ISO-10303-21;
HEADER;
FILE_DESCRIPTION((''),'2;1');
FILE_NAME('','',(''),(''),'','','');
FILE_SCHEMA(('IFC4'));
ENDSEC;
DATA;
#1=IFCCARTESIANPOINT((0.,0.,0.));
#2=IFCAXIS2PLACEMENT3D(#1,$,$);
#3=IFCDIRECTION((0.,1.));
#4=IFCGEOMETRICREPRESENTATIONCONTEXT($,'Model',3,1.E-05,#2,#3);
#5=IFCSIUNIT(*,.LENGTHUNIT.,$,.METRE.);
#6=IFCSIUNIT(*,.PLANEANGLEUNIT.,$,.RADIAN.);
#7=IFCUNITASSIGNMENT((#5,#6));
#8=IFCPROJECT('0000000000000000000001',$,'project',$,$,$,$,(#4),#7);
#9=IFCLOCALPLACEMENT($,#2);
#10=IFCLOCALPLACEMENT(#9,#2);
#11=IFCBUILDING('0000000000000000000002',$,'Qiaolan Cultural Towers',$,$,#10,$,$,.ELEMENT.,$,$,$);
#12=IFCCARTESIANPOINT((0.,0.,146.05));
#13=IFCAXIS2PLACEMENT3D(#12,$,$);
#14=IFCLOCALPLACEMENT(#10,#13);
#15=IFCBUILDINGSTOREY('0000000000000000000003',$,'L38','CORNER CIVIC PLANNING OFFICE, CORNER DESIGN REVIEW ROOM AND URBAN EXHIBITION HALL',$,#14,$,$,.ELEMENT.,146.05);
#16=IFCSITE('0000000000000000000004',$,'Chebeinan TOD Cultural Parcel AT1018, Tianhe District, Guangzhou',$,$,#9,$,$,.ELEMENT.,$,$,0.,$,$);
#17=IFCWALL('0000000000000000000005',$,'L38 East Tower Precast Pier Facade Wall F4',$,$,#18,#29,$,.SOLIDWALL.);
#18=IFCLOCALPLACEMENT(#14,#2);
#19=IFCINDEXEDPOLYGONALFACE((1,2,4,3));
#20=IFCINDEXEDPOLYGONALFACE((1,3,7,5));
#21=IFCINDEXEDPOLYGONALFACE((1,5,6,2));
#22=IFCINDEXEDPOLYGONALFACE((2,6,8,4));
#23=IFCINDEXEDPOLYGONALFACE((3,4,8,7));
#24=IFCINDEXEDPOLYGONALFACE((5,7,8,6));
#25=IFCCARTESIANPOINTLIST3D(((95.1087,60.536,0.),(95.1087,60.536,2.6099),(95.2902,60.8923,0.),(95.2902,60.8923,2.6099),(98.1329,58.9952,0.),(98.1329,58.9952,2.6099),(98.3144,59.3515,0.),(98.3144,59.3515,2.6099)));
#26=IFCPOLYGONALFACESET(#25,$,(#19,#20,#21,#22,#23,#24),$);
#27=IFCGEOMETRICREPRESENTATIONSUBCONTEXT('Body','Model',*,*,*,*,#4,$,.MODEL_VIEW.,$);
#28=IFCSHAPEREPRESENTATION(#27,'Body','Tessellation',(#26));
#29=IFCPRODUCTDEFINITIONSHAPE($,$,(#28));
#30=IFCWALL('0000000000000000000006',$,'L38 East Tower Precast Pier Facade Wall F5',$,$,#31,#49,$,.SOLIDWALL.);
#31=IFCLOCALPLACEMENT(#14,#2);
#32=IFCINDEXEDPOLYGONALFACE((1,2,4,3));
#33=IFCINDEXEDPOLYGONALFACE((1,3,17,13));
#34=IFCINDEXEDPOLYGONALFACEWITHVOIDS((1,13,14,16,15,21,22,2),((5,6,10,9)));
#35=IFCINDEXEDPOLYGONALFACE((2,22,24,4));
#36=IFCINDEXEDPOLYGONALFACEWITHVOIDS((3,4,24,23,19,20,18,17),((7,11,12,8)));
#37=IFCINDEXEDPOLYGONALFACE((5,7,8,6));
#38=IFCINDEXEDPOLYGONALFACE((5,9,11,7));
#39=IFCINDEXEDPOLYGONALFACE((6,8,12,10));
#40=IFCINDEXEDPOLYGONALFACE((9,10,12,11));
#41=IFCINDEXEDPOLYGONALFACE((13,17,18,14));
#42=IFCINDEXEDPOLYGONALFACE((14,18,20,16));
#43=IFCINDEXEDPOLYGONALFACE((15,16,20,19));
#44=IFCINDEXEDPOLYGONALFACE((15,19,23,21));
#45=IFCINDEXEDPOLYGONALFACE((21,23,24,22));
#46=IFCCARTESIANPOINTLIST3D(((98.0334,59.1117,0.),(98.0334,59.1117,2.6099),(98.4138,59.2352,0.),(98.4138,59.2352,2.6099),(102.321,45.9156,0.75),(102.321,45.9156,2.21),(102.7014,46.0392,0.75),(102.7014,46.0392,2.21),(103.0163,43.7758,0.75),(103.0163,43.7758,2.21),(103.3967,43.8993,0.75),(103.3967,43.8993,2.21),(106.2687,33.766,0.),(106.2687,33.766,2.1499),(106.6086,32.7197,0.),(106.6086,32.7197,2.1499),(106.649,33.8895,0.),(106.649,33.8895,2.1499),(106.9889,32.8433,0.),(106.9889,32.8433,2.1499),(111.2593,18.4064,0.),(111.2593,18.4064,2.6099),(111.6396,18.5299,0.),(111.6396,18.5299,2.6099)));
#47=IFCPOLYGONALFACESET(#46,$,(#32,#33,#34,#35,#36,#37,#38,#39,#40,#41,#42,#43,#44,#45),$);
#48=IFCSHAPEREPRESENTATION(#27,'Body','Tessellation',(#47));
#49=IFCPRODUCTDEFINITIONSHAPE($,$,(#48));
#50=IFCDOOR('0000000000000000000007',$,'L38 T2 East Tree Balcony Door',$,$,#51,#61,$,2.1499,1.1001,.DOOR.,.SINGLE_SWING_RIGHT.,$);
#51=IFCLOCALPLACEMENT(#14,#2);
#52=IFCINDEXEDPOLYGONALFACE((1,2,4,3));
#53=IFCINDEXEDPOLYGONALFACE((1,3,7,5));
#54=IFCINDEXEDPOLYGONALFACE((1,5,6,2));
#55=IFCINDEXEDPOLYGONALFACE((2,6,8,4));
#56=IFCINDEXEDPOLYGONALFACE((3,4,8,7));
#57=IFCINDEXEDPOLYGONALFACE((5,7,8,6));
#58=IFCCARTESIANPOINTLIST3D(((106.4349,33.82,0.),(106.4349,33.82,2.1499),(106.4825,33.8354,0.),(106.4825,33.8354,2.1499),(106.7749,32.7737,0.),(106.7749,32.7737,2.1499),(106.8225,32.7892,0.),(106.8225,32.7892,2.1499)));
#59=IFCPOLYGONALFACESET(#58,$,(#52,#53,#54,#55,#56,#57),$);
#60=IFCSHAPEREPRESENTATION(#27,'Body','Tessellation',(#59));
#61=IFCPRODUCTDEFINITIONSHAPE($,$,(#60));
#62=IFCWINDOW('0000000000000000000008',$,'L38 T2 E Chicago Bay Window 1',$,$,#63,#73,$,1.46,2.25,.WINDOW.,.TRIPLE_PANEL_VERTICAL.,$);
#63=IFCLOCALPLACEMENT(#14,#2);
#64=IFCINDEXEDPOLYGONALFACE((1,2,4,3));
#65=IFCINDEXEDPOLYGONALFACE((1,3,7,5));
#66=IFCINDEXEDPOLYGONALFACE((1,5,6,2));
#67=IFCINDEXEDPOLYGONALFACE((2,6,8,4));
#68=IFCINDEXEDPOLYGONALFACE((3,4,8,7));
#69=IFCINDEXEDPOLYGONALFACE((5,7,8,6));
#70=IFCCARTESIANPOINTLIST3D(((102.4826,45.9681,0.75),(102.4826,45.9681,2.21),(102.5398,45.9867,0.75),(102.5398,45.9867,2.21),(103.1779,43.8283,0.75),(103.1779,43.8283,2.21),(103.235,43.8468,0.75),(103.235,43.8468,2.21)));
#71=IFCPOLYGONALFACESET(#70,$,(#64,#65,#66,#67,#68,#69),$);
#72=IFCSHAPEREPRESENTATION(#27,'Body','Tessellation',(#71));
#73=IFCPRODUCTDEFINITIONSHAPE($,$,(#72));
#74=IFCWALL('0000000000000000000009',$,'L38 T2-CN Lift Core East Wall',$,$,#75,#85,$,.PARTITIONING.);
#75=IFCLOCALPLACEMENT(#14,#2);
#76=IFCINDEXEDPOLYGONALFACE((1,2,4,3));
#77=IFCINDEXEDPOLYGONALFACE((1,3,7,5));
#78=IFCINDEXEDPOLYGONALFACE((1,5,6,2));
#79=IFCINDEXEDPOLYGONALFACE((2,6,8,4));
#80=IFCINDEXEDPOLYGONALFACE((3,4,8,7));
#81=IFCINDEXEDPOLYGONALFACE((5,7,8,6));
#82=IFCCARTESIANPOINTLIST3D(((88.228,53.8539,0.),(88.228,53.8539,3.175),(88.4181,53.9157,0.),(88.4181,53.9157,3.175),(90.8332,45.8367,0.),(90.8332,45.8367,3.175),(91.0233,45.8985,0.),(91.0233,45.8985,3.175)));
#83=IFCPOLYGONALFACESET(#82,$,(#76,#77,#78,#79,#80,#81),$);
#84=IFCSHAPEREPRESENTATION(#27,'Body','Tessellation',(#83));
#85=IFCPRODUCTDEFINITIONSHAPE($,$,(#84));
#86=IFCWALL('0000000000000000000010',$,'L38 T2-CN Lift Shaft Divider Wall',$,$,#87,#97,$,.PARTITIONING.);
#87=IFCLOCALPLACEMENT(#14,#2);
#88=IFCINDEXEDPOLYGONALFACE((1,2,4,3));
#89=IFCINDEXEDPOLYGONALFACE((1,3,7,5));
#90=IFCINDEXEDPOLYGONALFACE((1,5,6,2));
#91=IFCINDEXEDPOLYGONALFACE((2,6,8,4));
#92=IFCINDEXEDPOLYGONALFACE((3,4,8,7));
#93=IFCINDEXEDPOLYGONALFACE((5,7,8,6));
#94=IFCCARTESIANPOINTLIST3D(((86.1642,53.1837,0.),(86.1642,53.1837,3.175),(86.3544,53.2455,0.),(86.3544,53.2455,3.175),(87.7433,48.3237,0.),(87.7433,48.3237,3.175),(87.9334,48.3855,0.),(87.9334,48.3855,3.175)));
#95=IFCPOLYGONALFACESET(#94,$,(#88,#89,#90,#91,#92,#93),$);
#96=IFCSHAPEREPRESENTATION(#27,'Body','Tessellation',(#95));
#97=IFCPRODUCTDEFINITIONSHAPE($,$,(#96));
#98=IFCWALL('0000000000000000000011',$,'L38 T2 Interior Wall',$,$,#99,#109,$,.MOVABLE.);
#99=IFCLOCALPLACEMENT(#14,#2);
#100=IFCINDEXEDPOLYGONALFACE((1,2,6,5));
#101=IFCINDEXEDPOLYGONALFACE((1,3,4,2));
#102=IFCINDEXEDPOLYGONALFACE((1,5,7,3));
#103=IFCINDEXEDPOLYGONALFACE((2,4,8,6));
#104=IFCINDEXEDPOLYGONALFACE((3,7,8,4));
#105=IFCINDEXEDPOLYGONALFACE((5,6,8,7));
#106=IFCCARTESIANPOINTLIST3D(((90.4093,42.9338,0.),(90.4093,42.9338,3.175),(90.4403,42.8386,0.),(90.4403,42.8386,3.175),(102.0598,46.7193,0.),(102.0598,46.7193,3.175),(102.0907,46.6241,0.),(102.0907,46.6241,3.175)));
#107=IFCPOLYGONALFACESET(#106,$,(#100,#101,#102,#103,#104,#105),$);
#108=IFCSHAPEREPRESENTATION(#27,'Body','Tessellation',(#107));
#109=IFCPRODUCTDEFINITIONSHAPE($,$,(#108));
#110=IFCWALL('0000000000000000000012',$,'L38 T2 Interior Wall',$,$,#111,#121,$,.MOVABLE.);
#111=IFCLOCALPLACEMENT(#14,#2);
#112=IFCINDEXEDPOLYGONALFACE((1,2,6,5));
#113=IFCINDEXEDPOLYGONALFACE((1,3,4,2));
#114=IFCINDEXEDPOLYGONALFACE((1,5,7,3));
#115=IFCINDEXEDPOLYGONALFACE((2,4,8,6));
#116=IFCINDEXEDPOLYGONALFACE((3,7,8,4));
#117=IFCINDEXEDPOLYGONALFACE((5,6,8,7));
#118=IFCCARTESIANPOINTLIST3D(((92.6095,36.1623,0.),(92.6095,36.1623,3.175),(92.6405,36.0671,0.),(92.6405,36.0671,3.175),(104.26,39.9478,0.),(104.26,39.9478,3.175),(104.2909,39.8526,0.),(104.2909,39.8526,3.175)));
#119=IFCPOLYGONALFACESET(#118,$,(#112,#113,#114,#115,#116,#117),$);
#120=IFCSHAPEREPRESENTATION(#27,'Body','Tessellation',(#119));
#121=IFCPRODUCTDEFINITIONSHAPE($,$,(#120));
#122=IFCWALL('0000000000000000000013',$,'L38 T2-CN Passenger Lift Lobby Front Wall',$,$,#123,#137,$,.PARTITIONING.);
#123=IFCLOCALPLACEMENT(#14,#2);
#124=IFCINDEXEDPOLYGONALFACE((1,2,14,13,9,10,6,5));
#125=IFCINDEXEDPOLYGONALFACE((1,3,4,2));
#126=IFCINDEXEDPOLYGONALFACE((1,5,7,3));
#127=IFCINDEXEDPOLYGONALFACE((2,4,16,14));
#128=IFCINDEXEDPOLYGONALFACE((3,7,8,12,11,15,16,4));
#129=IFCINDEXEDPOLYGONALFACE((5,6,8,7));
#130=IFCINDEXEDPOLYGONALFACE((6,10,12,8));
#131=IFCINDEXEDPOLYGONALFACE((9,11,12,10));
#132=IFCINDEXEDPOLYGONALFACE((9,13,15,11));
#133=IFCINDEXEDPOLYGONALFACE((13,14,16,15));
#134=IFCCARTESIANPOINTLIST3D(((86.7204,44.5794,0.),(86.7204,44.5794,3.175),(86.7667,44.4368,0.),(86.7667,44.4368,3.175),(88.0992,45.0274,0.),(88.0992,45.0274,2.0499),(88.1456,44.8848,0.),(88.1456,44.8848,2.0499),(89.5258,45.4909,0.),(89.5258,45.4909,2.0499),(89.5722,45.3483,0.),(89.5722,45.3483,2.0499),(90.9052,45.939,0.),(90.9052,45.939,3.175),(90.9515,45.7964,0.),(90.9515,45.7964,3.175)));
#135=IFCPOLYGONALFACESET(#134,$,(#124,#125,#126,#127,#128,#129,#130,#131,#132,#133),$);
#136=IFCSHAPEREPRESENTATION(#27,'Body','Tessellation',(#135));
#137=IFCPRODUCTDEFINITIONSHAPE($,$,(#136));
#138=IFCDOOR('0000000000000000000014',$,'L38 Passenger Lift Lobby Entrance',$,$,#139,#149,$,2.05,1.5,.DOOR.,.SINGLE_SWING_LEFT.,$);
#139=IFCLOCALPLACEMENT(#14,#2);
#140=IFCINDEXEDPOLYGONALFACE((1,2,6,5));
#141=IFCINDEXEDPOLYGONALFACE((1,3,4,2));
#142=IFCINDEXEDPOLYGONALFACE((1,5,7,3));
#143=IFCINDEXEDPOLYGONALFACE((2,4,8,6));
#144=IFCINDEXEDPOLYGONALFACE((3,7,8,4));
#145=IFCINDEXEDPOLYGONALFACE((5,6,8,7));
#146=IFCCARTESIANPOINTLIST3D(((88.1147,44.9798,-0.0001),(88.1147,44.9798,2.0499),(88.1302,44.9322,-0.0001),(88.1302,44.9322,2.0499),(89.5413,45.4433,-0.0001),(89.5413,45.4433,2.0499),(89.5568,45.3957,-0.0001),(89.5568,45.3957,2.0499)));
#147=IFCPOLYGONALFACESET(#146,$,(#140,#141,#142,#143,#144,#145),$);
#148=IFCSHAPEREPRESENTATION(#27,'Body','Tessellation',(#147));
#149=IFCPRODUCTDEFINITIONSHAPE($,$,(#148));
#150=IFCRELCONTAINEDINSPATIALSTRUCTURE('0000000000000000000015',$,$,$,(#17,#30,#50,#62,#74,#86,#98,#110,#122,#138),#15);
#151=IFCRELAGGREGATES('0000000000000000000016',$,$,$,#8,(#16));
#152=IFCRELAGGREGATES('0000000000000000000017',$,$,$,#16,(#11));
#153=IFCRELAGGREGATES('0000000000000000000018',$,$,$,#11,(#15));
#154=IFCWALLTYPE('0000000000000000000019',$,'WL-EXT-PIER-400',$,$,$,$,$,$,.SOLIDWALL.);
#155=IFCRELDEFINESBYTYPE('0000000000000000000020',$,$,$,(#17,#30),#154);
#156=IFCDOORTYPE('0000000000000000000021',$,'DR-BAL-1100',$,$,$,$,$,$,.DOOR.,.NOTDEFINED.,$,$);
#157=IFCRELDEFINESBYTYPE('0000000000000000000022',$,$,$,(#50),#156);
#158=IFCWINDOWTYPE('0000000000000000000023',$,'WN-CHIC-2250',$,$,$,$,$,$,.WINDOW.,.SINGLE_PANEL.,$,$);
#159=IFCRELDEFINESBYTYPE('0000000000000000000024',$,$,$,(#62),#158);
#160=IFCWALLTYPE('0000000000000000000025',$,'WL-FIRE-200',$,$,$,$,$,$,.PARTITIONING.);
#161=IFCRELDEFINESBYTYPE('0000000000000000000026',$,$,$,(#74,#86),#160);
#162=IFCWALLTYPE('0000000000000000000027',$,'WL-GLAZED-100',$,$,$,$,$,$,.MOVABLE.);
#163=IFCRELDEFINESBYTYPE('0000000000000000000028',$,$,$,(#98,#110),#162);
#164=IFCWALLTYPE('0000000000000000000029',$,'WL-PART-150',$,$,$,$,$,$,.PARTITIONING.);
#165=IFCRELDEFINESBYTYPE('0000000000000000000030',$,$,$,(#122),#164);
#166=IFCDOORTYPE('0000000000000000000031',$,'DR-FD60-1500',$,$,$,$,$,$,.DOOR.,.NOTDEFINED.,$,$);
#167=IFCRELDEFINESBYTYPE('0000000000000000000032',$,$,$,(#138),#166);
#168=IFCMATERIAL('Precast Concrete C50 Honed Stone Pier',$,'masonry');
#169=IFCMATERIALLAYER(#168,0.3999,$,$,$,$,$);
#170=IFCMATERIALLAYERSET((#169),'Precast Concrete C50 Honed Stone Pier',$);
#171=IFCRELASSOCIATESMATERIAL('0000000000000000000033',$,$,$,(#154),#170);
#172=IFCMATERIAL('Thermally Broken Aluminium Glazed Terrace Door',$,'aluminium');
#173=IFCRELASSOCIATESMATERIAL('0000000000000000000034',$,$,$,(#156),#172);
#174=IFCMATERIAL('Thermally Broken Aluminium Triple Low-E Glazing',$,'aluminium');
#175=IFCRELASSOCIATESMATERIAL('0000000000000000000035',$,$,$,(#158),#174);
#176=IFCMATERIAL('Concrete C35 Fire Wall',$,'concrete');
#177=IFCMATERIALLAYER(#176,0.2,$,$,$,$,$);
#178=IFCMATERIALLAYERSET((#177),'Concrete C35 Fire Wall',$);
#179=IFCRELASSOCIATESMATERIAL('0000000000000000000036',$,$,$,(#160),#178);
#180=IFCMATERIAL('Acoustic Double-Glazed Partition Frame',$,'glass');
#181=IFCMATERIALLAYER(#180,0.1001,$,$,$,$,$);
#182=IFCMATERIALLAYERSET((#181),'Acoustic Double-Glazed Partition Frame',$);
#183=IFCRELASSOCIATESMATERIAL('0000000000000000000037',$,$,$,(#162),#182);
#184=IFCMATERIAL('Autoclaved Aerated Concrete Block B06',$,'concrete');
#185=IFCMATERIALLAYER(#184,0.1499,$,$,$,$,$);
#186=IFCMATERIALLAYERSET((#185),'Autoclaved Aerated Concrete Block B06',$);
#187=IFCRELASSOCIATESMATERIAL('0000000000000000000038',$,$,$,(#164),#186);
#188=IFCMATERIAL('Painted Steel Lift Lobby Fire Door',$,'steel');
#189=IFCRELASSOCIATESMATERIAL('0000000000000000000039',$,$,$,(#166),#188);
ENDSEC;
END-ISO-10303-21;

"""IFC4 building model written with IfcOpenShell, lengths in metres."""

from ifc_helpers import new_model, si_unit, direction, frame, frame_2d, origin, place, context, subcontext, project, spatial, rectangle, extrude, material, layer, layer_set, type_object, element, fill, save


model = new_model("IFC4")

# Units and contexts
model_context = context("Model", 3, precision=1e-05, world=origin(), true_north=direction((0.0, 1.0)))
body_context = subcontext(model_context, "Body", "Model", "MODEL_VIEW")
ifc_project = project(units=[si_unit("LENGTHUNIT", "METRE"), si_unit("PLANEANGLEUNIT", "RADIAN")], contexts=[model_context])

# Site, building, storey
site_placement = place(None, origin())
site = spatial("IfcSite", under=ifc_project, at=site_placement, Name="Chebeinan TOD Cultural Parcel AT1018, Tianhe District, Guangzhou", CompositionType="ELEMENT", RefElevation=0.0)
building_placement = place(site_placement, origin())
building = spatial("IfcBuilding", under=site, at=building_placement, Name="Qiaolan Cultural Towers", CompositionType="ELEMENT")
storey_placement = place(building_placement, frame((0.0, 0.0, 146.05)))
storey = spatial("IfcBuildingStorey", under=building, at=storey_placement, Name="L38", Description="CORNER CIVIC PLANNING OFFICE, CORNER DESIGN REVIEW ROOM AND URBAN EXHIBITION HALL", CompositionType="ELEMENT", Elevation=146.05)

# Wall
ifc_material_1 = material(Name="Precast Concrete C50 Honed Stone Pier", Category="masonry")
ifc_layer_1 = layer(ifc_material_1, 0.3999)
ifc_layer_set_1 = layer_set([ifc_layer_1], Name="Precast Concrete C50 Honed Stone Pier")
wall_type_1 = type_object("IfcWallType", Name="WL-EXT-PIER-400", PredefinedType="SOLIDWALL", material=ifc_layer_set_1)
wall_1_placement = place(storey_placement, frame((95.1995, 60.7141, 0.0), z_axis=(0.0, 0.0, 1.0), x_axis=(0.891021, -0.453962, 0.0)))
element("IfcWall", 1, at=wall_1_placement, inside=storey, type_object=wall_type_1, Name="L38 East Tower Precast Pier Facade Wall F4", PredefinedType="SOLIDWALL", context=body_context, shape_type="SweptSolid", body=[
    extrude(rectangle(XDim=3.394, YDim=0.3999, at=frame_2d((1.697, 0.0))), origin(), (0.0, 0.0, 1.0), 2.6099),
])

# Wall, openings, door, window
wall_2_placement = place(storey_placement, frame((98.2236, 59.1733, 0.0), z_axis=(0.0, 0.0, 1.0), x_axis=(0.309014, -0.951057, 0.0)))
wall_2 = element("IfcWall", 2, at=wall_2_placement, inside=storey, type_object=wall_type_1, Name="L38 East Tower Precast Pier Facade Wall F5", PredefinedType="SOLIDWALL", context=body_context, shape_type="SweptSolid", body=[
    extrude(rectangle(XDim=42.8, YDim=0.3999, at=frame_2d((21.3999, 0.0))), origin(), (0.0, 0.0, 1.0), 2.6099),
])
opening_1_placement = place(wall_2_placement, frame((13.875, 0.0, 0.75)))
opening_1 = element("IfcOpeningElement", 3, at=opening_1_placement, cuts=wall_2, PredefinedType="OPENING", context=body_context, shape_type="SweptSolid", body=[
    extrude(rectangle(XDim=2.25, YDim=1.46, at=frame_2d((1.125, 0.73))), frame((0.0, 0.21, 0.0), z_axis=(0.0, -1.0, 0.0), x_axis=(1.0, 0.0, 0.0)), (0.0, 0.0, 1.0), 0.4199),
])
opening_2_placement = place(wall_2_placement, frame((26.6499, 0.0, 0.0)))
opening_2 = element("IfcOpeningElement", 4, at=opening_2_placement, cuts=wall_2, PredefinedType="OPENING", context=body_context, shape_type="SweptSolid", body=[
    extrude(rectangle(XDim=1.1001, YDim=2.1499, at=frame_2d((0.55, 1.075))), frame((0.0, 0.21, 0.0), z_axis=(0.0, -1.0, 0.0), x_axis=(1.0, 0.0, 0.0)), (0.0, 0.0, 1.0), 0.4199),
])
ifc_material_2 = material(Name="Thermally Broken Aluminium Glazed Terrace Door", Category="aluminium")
door_type_1 = type_object("IfcDoorType", Name="DR-BAL-1100", OperationType="NOTDEFINED", PredefinedType="DOOR", material=ifc_material_2)
door_1_placement = place(opening_2_placement, origin())
door_1 = element("IfcDoor", 5, at=door_1_placement, inside=storey, type_object=door_type_1, Name="L38 T2 East Tree Balcony Door", OperationType="SINGLE_SWING_RIGHT", OverallHeight=2.1499, OverallWidth=1.1001, PredefinedType="DOOR", context=body_context, shape_type="SweptSolid", body=[
    extrude(rectangle(XDim=1.1001, YDim=2.1499, at=frame_2d((0.55, 1.075))), frame((0.0, 0.0249, 0.0), z_axis=(0.0, -1.0, 0.0), x_axis=(1.0, 0.0, 0.0)), (0.0, 0.0, 1.0), 0.05),
])
fill(opening_2, door_1)
ifc_material_3 = material(Name="Thermally Broken Aluminium Triple Low-E Glazing", Category="aluminium")
window_type = type_object("IfcWindowType", Name="WN-CHIC-2250", PartitioningType="SINGLE_PANEL", PredefinedType="WINDOW", material=ifc_material_3)
window_placement = place(opening_1_placement, origin())
window = element("IfcWindow", 6, at=window_placement, inside=storey, type_object=window_type, Name="L38 T2 E Chicago Bay Window 1", OverallHeight=1.46, OverallWidth=2.25, PartitioningType="TRIPLE_PANEL_VERTICAL", PredefinedType="WINDOW", context=body_context, shape_type="SweptSolid", body=[
    extrude(rectangle(XDim=2.25, YDim=1.46, at=frame_2d((1.125, 0.73))), frame((0.0, 0.03, 0.0), z_axis=(0.0, -1.0, 0.0), x_axis=(1.0, 0.0, 0.0)), (0.0, 0.0, 1.0), 0.0601),
])
fill(opening_1, window)

# Walls
ifc_material_4 = material(Name="Concrete C35 Fire Wall", Category="concrete")
ifc_layer_2 = layer(ifc_material_4, 0.2)
ifc_layer_set_2 = layer_set([ifc_layer_2], Name="Concrete C35 Fire Wall")
wall_type_2 = type_object("IfcWallType", Name="WL-FIRE-200", PredefinedType="PARTITIONING", material=ifc_layer_set_2)
wall_3_placement = place(storey_placement, frame((90.9282, 45.8677, 0.0), z_axis=(0.0, 0.0, 1.0), x_axis=(-0.309042, 0.951048, 0.0)))
element("IfcWall", 7, at=wall_3_placement, inside=storey, type_object=wall_type_2, Name="L38 T2-CN Lift Core East Wall", PredefinedType="PARTITIONING", context=body_context, shape_type="SweptSolid", body=[
    extrude(rectangle(XDim=8.4299, YDim=0.2, at=frame_2d((4.2148, 0.0))), origin(), (0.0, 0.0, 1.0), 3.175),
])
wall_4_placement = place(storey_placement, frame((87.8384, 48.3545, 0.0), z_axis=(0.0, 0.0, 1.0), x_axis=(-0.309009, 0.951059, 0.0)))
element("IfcWall", 8, at=wall_4_placement, inside=storey, type_object=wall_type_2, Name="L38 T2-CN Lift Shaft Divider Wall", PredefinedType="PARTITIONING", context=body_context, shape_type="SweptSolid", body=[
    extrude(rectangle(XDim=5.1101, YDim=0.2, at=frame_2d((2.5552, 0.0))), origin(), (0.0, 0.0, 1.0), 3.175),
])
ifc_material_5 = material(Name="Acoustic Double-Glazed Partition Frame", Category="glass")
ifc_layer_3 = layer(ifc_material_5, 0.1001)
ifc_layer_set_3 = layer_set([ifc_layer_3], Name="Acoustic Double-Glazed Partition Frame")
wall_type_3 = type_object("IfcWallType", Name="WL-GLAZED-100", PredefinedType="MOVABLE", material=ifc_layer_set_3)
for number, where, z_axis, x_axis, name in (
    (9, (90.4248, 42.8862, 0.0), (0.0, 0.0, 1.0), (0.951057, 0.309014, 0.0), "L38 T2 Interior Wall"),
    (10, (92.625, 36.1147, 0.0), (0.0, 0.0, 1.0), (0.951057, 0.309014, 0.0), "L38 T2 Interior Wall"),
):
    element("IfcWall", number, at=place(storey_placement, frame(where, z_axis=z_axis, x_axis=x_axis)), inside=storey, type_object=wall_type_3, Name=name, PredefinedType="MOVABLE", context=body_context, shape_type="SweptSolid", body=[
        extrude(rectangle(XDim=12.25, YDim=0.1001, at=frame_2d((6.125, 0.0))), origin(), (0.0, 0.0, 1.0), 3.175),
    ])

# Wall, opening, door
ifc_material_6 = material(Name="Autoclaved Aerated Concrete Block B06", Category="concrete")
ifc_layer_4 = layer(ifc_material_6, 0.1499)
ifc_layer_set_4 = layer_set([ifc_layer_4], Name="Autoclaved Aerated Concrete Block B06")
wall_type_4 = type_object("IfcWallType", Name="WL-PART-150", PredefinedType="PARTITIONING", material=ifc_layer_set_4)
wall_5_placement = place(storey_placement, frame((86.7434, 44.5081, 0.0), z_axis=(0.0, 0.0, 1.0), x_axis=(0.951064, 0.308994, 0.0)))
wall_5 = element("IfcWall", 11, at=wall_5_placement, inside=storey, type_object=wall_type_4, Name="L38 T2-CN Passenger Lift Lobby Front Wall", PredefinedType="PARTITIONING", context=body_context, shape_type="SweptSolid", body=[
    extrude(rectangle(XDim=4.4001, YDim=0.1499, at=frame_2d((2.2002, 0.0))), origin(), (0.0, 0.0, 1.0), 3.175),
])
opening_3_placement = place(wall_5_placement, frame((1.45, 0.0, 0.0)))
opening_3 = element("IfcOpeningElement", 12, at=opening_3_placement, cuts=wall_5, PredefinedType="OPENING", context=body_context, shape_type="SweptSolid", body=[
    extrude(rectangle(XDim=1.5, YDim=2.05, at=frame_2d((0.75, 1.0249))), frame((0.0, 0.085, 0.0), z_axis=(0.0, -1.0, 0.0), x_axis=(1.0, 0.0, 0.0)), (0.0, 0.0, 1.0), 0.1699),
])
ifc_material_7 = material(Name="Painted Steel Lift Lobby Fire Door", Category="steel")
door_type_2 = type_object("IfcDoorType", Name="DR-FD60-1500", OperationType="NOTDEFINED", PredefinedType="DOOR", material=ifc_material_7)
door_2_placement = place(opening_3_placement, origin())
door_2 = element("IfcDoor", 13, at=door_2_placement, inside=storey, type_object=door_type_2, Name="L38 Passenger Lift Lobby Entrance", OperationType="SINGLE_SWING_LEFT", OverallHeight=2.05, OverallWidth=1.5, PredefinedType="DOOR", context=body_context, shape_type="SweptSolid", body=[
    extrude(rectangle(XDim=1.5, YDim=2.05, at=frame_2d((0.75, 1.0249))), frame((0.0, 0.0249, 0.0), z_axis=(0.0, -1.0, 0.0), x_axis=(1.0, 0.0, 0.0)), (0.0, 0.0, 1.0), 0.05),
])
fill(opening_3, door_2)

save(model, "model.ifc")
